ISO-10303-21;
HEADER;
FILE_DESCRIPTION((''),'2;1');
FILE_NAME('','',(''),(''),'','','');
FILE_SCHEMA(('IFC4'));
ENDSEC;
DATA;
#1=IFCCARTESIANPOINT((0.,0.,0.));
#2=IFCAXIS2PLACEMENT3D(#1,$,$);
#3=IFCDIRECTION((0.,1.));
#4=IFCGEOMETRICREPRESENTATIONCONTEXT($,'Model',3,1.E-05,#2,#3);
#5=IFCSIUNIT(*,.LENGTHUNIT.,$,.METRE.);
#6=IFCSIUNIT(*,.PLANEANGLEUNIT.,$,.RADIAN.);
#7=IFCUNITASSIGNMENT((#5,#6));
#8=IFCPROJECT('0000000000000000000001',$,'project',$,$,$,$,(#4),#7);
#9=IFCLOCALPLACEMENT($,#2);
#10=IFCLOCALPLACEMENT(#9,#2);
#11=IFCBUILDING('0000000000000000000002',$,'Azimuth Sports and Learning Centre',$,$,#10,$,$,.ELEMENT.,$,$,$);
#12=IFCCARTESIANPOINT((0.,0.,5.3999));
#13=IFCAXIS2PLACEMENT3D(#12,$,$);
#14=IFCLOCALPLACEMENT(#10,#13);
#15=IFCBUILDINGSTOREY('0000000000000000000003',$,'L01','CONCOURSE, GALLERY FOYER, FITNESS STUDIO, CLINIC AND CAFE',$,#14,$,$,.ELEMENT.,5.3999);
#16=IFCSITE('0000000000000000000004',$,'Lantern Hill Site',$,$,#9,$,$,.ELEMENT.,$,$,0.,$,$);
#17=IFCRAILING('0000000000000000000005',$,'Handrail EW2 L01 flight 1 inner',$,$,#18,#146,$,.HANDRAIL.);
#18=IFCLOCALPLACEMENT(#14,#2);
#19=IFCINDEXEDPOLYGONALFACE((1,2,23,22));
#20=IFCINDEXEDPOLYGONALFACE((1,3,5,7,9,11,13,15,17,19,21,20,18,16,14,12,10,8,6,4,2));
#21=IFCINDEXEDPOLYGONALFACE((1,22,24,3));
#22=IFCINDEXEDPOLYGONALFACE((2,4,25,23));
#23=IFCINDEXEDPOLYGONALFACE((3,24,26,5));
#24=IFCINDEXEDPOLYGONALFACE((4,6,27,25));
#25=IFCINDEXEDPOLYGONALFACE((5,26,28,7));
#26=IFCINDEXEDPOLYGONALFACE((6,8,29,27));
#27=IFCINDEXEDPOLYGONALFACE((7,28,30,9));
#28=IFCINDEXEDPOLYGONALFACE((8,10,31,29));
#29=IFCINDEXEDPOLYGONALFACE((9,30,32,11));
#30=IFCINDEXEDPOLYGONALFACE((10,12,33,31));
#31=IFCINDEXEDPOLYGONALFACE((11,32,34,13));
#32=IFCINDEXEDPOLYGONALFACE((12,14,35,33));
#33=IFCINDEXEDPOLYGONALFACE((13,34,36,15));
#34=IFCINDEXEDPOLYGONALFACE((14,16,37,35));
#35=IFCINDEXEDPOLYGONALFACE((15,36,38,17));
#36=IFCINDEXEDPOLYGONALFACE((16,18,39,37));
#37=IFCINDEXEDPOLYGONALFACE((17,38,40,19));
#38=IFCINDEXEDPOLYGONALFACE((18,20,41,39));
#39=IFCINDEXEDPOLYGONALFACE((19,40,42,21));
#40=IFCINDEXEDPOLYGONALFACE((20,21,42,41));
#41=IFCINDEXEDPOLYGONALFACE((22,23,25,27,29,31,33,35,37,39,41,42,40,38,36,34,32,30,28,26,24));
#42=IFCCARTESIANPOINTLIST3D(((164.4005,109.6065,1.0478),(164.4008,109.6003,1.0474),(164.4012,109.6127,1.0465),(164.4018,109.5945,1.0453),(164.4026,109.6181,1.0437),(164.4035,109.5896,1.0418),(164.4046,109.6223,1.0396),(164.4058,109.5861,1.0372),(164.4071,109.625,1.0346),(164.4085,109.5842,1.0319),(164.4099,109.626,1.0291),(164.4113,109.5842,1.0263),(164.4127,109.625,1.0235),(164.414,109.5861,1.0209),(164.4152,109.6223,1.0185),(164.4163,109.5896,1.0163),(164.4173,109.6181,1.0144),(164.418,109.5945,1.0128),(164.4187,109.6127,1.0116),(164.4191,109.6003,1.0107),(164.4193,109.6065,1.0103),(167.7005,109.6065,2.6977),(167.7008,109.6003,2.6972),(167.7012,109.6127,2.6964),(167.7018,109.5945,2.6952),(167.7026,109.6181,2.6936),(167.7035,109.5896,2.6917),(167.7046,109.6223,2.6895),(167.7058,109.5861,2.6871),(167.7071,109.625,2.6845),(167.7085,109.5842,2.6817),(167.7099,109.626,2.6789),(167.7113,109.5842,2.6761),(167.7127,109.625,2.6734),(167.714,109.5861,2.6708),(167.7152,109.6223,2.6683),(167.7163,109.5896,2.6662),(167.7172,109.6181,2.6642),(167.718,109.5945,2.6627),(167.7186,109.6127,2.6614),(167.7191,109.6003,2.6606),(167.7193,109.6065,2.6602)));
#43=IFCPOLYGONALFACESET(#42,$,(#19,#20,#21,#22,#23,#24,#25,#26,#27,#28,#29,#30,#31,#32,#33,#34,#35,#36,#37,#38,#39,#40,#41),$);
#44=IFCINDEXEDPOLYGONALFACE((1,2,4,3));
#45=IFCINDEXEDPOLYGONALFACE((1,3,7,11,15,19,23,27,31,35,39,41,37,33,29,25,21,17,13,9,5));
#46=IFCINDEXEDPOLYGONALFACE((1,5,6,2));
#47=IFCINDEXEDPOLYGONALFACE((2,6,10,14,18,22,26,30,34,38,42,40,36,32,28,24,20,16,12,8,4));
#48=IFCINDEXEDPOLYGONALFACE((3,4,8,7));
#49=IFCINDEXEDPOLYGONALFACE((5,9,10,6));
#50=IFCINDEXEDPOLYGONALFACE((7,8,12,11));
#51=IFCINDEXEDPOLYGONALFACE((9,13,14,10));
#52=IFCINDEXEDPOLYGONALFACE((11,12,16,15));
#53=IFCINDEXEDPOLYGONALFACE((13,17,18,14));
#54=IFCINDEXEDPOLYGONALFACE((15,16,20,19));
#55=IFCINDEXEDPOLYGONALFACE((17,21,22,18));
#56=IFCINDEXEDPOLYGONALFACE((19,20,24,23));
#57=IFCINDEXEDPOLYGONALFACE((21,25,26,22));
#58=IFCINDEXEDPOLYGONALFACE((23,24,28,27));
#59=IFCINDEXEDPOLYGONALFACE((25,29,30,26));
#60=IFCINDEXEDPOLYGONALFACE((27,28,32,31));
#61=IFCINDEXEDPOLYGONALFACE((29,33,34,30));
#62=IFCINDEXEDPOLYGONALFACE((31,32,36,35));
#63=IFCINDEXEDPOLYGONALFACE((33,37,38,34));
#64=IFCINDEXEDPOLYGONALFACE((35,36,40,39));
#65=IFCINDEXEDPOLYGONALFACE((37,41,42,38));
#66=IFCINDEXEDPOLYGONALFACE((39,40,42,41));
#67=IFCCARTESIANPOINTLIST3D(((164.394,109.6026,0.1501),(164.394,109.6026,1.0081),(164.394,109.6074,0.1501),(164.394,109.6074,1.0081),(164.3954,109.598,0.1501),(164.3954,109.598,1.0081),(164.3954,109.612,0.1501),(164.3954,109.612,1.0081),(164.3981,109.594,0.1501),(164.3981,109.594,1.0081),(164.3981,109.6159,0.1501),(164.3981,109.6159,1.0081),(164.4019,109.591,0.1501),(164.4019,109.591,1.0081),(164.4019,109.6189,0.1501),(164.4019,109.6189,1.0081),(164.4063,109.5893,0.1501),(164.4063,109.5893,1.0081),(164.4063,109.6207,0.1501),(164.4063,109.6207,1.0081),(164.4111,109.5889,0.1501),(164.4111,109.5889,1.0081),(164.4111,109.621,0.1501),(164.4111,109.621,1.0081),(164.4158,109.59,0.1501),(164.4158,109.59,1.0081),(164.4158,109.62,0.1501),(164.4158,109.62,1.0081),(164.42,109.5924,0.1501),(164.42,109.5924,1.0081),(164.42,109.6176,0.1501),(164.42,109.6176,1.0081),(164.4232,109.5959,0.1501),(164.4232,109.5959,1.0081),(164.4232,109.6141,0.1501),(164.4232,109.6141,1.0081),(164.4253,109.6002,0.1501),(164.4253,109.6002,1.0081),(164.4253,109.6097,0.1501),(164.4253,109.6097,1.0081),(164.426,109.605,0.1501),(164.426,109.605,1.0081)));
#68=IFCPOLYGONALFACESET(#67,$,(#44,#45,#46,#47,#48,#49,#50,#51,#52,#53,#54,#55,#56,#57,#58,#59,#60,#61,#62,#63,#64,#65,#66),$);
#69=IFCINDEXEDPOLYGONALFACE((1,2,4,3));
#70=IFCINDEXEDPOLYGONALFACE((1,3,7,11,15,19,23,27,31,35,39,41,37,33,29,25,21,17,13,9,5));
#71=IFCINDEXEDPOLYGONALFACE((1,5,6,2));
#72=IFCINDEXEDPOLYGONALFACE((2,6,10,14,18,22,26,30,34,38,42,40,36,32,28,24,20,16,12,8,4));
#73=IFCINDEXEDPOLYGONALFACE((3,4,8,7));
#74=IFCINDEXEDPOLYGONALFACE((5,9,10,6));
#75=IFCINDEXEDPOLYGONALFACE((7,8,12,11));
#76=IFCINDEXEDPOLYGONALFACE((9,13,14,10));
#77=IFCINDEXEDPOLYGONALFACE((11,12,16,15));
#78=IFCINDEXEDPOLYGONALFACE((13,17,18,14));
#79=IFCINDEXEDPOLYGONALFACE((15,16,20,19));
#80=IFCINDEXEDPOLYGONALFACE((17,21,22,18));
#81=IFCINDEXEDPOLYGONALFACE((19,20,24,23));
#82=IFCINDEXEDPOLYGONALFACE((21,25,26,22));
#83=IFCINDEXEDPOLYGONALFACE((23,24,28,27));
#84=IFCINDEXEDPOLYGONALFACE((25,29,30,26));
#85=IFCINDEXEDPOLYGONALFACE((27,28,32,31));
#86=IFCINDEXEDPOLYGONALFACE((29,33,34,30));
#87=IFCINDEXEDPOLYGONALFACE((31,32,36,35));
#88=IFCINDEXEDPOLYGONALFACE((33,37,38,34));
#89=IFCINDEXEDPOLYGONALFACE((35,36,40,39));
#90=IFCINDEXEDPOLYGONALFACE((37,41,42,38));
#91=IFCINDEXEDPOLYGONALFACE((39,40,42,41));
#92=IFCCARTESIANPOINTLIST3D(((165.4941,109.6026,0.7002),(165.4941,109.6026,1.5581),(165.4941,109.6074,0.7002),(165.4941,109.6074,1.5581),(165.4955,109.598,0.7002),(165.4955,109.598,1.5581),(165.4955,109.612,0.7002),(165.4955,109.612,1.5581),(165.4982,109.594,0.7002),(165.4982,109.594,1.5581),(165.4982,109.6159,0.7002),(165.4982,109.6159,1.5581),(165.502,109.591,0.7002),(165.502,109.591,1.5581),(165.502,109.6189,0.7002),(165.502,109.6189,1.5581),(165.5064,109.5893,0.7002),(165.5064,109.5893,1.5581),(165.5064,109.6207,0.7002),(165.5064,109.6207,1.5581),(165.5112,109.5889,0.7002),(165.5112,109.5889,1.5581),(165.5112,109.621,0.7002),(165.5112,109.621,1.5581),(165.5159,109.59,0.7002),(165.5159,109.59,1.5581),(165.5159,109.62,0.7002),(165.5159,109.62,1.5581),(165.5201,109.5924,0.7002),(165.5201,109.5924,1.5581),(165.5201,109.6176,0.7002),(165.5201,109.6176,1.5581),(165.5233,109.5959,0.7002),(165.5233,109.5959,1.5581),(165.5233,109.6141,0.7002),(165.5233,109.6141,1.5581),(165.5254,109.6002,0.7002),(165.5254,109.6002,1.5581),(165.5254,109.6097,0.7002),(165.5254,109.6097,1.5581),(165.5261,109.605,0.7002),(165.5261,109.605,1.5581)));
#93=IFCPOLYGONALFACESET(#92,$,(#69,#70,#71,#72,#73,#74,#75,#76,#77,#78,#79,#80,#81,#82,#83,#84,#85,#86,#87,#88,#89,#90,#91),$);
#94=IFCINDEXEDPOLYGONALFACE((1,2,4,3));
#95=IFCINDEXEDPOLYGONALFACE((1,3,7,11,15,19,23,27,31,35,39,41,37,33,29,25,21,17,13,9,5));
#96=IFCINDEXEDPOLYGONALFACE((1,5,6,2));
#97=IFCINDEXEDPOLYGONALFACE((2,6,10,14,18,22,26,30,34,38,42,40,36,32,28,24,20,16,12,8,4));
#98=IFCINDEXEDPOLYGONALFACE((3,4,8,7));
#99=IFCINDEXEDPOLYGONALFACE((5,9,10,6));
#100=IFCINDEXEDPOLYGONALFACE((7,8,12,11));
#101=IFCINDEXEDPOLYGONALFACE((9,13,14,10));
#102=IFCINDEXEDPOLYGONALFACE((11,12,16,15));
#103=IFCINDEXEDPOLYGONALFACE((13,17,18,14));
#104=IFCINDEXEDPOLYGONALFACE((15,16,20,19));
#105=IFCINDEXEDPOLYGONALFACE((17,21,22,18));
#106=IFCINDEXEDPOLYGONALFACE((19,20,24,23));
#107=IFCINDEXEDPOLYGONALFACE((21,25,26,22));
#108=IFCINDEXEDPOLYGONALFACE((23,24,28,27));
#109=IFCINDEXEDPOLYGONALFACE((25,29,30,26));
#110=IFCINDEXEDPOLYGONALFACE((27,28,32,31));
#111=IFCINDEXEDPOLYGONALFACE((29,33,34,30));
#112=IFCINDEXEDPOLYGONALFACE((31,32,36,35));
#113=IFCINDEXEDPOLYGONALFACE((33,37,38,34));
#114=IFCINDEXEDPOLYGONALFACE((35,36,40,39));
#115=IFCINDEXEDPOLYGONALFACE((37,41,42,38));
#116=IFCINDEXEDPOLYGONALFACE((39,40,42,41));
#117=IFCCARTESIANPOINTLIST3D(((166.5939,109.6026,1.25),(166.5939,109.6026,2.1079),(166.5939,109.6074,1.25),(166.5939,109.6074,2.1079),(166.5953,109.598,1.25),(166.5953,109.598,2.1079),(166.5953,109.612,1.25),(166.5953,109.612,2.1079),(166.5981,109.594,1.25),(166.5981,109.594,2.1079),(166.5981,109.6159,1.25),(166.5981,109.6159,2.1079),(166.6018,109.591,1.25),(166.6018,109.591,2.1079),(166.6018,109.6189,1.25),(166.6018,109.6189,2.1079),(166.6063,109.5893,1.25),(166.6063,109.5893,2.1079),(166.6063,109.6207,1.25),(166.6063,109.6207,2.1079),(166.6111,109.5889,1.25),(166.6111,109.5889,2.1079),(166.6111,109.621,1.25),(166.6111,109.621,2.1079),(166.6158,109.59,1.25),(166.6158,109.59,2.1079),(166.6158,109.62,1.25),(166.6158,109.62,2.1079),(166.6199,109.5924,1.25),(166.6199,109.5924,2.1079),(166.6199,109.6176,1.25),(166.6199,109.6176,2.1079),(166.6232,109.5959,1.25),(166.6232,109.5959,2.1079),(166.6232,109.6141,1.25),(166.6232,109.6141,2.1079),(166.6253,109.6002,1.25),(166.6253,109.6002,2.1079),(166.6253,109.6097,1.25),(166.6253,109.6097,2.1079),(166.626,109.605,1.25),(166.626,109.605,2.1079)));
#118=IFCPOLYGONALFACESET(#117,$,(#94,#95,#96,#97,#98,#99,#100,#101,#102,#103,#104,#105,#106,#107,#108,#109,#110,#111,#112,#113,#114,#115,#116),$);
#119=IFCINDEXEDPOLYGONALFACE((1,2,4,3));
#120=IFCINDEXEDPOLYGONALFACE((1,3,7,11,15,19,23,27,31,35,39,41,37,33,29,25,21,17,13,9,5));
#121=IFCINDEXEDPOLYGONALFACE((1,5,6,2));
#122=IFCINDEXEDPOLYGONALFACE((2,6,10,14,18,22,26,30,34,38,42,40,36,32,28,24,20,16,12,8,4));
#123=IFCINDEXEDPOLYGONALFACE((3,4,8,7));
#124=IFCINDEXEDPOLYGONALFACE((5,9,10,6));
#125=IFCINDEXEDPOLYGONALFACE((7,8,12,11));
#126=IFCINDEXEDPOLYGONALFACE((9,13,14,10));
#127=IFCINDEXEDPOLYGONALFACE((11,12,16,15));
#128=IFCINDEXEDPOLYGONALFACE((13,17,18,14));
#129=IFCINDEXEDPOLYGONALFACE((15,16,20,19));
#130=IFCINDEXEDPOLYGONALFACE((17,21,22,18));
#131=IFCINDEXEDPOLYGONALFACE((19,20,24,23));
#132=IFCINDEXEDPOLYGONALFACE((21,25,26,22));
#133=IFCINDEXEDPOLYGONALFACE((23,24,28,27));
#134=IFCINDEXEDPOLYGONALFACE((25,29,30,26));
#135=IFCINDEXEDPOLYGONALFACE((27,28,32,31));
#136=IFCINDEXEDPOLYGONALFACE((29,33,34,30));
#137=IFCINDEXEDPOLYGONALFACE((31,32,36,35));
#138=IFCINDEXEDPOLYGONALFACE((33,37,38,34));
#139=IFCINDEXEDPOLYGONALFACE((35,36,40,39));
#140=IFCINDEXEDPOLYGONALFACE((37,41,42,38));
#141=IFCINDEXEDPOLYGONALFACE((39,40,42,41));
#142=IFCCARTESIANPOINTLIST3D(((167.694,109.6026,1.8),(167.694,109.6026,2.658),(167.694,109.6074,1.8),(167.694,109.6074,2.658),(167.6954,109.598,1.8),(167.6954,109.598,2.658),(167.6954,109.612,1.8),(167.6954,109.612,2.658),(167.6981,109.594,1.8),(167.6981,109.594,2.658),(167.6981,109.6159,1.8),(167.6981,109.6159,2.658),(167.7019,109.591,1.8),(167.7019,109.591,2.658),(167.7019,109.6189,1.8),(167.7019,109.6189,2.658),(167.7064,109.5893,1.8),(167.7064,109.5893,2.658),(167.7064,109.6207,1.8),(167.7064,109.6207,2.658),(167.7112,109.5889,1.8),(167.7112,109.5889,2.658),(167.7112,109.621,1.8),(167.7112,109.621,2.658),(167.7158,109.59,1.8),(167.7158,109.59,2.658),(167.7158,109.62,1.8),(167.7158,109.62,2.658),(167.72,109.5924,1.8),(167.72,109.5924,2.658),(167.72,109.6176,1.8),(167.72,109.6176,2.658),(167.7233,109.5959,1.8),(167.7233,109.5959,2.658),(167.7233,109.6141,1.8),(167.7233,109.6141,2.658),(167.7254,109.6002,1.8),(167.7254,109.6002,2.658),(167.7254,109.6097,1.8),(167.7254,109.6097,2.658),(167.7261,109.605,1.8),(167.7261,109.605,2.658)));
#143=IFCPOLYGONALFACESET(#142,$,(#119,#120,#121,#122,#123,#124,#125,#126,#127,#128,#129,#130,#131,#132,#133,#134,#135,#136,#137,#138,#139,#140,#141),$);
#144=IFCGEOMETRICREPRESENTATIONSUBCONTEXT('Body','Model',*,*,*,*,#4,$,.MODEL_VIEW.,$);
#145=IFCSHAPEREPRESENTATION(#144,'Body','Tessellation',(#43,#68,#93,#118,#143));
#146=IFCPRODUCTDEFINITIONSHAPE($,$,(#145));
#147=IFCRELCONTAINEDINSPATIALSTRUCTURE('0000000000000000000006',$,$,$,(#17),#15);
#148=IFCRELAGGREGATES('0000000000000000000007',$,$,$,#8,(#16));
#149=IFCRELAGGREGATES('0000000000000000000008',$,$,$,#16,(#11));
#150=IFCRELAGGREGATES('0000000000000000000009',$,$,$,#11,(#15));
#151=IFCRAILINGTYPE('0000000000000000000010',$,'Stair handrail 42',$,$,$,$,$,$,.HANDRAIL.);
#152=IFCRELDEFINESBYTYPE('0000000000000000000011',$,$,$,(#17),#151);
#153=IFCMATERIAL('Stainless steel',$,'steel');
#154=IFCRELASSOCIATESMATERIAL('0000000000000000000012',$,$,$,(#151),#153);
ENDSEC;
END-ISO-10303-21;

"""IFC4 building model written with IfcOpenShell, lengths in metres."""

from ifc_helpers import new_model, si_unit, direction, frame, origin, origin_2d, place, context, subcontext, project, spatial, circle, extrude, material, type_object, element, save


model = new_model("IFC4")

# Units and contexts
model_context = context("Model", 3, precision=1e-05, world=origin(), true_north=direction((0.0, 1.0)))
body_context = subcontext(model_context, "Body", "Model", "MODEL_VIEW")
ifc_project = project(units=[si_unit("LENGTHUNIT", "METRE"), si_unit("PLANEANGLEUNIT", "RADIAN")], contexts=[model_context])

# Site, building, storey
site_placement = place(None, origin())
site = spatial("IfcSite", under=ifc_project, at=site_placement, Name="Lantern Hill Site", CompositionType="ELEMENT", RefElevation=0.0)
building_placement = place(site_placement, origin())
building = spatial("IfcBuilding", under=site, at=building_placement, Name="Azimuth Sports and Learning Centre", CompositionType="ELEMENT")
storey_placement = place(building_placement, frame((0.0, 0.0, 5.3999)))
storey = spatial("IfcBuildingStorey", under=building, at=storey_placement, Name="L01", Description="CONCOURSE, GALLERY FOYER, FITNESS STUDIO, CLINIC AND CAFE", CompositionType="ELEMENT", Elevation=5.3999)

# Railing
ifc_material_1 = material(Name="Stainless steel", Category="steel")
railing_type_1 = type_object("IfcRailingType", Name="Stair handrail 42", PredefinedType="HANDRAIL", material=ifc_material_1)
for number, where, name in (
    (1, (164.4099, 109.605, 0.1501), "Handrail EW2 L01 flight 1 inner"),
):
    element("IfcRailing", number, at=place(storey_placement, frame(where)), inside=storey, type_object=railing_type_1, Name=name, PredefinedType="HANDRAIL", context=body_context, shape_type="SweptSolid", body=[
        extrude(circle(Radius=0.021, at=origin_2d()), frame((0.0, 0.0, 0.8789), z_axis=(0.89444, 0.0, 0.447187), x_axis=(0.0, 1.0, 0.0)), (0.0, 0.0, 1.0), 3.6895),
        extrude(circle(Radius=0.0161, at=origin_2d()), origin(), (0.0, 0.0, 1.0), 0.8579),
        extrude(circle(Radius=0.0161, at=origin_2d()), frame((1.1001, 0.0, 0.55)), (0.0, 0.0, 1.0), 0.8579),
        extrude(circle(Radius=0.0161, at=origin_2d()), frame((2.2, 0.0, 1.0999)), (0.0, 0.0, 1.0), 0.8579),
        extrude(circle(Radius=0.0161, at=origin_2d()), frame((3.3, 0.0, 1.6499)), (0.0, 0.0, 1.0), 0.8579),
    ])

save(model, "model.ifc")
